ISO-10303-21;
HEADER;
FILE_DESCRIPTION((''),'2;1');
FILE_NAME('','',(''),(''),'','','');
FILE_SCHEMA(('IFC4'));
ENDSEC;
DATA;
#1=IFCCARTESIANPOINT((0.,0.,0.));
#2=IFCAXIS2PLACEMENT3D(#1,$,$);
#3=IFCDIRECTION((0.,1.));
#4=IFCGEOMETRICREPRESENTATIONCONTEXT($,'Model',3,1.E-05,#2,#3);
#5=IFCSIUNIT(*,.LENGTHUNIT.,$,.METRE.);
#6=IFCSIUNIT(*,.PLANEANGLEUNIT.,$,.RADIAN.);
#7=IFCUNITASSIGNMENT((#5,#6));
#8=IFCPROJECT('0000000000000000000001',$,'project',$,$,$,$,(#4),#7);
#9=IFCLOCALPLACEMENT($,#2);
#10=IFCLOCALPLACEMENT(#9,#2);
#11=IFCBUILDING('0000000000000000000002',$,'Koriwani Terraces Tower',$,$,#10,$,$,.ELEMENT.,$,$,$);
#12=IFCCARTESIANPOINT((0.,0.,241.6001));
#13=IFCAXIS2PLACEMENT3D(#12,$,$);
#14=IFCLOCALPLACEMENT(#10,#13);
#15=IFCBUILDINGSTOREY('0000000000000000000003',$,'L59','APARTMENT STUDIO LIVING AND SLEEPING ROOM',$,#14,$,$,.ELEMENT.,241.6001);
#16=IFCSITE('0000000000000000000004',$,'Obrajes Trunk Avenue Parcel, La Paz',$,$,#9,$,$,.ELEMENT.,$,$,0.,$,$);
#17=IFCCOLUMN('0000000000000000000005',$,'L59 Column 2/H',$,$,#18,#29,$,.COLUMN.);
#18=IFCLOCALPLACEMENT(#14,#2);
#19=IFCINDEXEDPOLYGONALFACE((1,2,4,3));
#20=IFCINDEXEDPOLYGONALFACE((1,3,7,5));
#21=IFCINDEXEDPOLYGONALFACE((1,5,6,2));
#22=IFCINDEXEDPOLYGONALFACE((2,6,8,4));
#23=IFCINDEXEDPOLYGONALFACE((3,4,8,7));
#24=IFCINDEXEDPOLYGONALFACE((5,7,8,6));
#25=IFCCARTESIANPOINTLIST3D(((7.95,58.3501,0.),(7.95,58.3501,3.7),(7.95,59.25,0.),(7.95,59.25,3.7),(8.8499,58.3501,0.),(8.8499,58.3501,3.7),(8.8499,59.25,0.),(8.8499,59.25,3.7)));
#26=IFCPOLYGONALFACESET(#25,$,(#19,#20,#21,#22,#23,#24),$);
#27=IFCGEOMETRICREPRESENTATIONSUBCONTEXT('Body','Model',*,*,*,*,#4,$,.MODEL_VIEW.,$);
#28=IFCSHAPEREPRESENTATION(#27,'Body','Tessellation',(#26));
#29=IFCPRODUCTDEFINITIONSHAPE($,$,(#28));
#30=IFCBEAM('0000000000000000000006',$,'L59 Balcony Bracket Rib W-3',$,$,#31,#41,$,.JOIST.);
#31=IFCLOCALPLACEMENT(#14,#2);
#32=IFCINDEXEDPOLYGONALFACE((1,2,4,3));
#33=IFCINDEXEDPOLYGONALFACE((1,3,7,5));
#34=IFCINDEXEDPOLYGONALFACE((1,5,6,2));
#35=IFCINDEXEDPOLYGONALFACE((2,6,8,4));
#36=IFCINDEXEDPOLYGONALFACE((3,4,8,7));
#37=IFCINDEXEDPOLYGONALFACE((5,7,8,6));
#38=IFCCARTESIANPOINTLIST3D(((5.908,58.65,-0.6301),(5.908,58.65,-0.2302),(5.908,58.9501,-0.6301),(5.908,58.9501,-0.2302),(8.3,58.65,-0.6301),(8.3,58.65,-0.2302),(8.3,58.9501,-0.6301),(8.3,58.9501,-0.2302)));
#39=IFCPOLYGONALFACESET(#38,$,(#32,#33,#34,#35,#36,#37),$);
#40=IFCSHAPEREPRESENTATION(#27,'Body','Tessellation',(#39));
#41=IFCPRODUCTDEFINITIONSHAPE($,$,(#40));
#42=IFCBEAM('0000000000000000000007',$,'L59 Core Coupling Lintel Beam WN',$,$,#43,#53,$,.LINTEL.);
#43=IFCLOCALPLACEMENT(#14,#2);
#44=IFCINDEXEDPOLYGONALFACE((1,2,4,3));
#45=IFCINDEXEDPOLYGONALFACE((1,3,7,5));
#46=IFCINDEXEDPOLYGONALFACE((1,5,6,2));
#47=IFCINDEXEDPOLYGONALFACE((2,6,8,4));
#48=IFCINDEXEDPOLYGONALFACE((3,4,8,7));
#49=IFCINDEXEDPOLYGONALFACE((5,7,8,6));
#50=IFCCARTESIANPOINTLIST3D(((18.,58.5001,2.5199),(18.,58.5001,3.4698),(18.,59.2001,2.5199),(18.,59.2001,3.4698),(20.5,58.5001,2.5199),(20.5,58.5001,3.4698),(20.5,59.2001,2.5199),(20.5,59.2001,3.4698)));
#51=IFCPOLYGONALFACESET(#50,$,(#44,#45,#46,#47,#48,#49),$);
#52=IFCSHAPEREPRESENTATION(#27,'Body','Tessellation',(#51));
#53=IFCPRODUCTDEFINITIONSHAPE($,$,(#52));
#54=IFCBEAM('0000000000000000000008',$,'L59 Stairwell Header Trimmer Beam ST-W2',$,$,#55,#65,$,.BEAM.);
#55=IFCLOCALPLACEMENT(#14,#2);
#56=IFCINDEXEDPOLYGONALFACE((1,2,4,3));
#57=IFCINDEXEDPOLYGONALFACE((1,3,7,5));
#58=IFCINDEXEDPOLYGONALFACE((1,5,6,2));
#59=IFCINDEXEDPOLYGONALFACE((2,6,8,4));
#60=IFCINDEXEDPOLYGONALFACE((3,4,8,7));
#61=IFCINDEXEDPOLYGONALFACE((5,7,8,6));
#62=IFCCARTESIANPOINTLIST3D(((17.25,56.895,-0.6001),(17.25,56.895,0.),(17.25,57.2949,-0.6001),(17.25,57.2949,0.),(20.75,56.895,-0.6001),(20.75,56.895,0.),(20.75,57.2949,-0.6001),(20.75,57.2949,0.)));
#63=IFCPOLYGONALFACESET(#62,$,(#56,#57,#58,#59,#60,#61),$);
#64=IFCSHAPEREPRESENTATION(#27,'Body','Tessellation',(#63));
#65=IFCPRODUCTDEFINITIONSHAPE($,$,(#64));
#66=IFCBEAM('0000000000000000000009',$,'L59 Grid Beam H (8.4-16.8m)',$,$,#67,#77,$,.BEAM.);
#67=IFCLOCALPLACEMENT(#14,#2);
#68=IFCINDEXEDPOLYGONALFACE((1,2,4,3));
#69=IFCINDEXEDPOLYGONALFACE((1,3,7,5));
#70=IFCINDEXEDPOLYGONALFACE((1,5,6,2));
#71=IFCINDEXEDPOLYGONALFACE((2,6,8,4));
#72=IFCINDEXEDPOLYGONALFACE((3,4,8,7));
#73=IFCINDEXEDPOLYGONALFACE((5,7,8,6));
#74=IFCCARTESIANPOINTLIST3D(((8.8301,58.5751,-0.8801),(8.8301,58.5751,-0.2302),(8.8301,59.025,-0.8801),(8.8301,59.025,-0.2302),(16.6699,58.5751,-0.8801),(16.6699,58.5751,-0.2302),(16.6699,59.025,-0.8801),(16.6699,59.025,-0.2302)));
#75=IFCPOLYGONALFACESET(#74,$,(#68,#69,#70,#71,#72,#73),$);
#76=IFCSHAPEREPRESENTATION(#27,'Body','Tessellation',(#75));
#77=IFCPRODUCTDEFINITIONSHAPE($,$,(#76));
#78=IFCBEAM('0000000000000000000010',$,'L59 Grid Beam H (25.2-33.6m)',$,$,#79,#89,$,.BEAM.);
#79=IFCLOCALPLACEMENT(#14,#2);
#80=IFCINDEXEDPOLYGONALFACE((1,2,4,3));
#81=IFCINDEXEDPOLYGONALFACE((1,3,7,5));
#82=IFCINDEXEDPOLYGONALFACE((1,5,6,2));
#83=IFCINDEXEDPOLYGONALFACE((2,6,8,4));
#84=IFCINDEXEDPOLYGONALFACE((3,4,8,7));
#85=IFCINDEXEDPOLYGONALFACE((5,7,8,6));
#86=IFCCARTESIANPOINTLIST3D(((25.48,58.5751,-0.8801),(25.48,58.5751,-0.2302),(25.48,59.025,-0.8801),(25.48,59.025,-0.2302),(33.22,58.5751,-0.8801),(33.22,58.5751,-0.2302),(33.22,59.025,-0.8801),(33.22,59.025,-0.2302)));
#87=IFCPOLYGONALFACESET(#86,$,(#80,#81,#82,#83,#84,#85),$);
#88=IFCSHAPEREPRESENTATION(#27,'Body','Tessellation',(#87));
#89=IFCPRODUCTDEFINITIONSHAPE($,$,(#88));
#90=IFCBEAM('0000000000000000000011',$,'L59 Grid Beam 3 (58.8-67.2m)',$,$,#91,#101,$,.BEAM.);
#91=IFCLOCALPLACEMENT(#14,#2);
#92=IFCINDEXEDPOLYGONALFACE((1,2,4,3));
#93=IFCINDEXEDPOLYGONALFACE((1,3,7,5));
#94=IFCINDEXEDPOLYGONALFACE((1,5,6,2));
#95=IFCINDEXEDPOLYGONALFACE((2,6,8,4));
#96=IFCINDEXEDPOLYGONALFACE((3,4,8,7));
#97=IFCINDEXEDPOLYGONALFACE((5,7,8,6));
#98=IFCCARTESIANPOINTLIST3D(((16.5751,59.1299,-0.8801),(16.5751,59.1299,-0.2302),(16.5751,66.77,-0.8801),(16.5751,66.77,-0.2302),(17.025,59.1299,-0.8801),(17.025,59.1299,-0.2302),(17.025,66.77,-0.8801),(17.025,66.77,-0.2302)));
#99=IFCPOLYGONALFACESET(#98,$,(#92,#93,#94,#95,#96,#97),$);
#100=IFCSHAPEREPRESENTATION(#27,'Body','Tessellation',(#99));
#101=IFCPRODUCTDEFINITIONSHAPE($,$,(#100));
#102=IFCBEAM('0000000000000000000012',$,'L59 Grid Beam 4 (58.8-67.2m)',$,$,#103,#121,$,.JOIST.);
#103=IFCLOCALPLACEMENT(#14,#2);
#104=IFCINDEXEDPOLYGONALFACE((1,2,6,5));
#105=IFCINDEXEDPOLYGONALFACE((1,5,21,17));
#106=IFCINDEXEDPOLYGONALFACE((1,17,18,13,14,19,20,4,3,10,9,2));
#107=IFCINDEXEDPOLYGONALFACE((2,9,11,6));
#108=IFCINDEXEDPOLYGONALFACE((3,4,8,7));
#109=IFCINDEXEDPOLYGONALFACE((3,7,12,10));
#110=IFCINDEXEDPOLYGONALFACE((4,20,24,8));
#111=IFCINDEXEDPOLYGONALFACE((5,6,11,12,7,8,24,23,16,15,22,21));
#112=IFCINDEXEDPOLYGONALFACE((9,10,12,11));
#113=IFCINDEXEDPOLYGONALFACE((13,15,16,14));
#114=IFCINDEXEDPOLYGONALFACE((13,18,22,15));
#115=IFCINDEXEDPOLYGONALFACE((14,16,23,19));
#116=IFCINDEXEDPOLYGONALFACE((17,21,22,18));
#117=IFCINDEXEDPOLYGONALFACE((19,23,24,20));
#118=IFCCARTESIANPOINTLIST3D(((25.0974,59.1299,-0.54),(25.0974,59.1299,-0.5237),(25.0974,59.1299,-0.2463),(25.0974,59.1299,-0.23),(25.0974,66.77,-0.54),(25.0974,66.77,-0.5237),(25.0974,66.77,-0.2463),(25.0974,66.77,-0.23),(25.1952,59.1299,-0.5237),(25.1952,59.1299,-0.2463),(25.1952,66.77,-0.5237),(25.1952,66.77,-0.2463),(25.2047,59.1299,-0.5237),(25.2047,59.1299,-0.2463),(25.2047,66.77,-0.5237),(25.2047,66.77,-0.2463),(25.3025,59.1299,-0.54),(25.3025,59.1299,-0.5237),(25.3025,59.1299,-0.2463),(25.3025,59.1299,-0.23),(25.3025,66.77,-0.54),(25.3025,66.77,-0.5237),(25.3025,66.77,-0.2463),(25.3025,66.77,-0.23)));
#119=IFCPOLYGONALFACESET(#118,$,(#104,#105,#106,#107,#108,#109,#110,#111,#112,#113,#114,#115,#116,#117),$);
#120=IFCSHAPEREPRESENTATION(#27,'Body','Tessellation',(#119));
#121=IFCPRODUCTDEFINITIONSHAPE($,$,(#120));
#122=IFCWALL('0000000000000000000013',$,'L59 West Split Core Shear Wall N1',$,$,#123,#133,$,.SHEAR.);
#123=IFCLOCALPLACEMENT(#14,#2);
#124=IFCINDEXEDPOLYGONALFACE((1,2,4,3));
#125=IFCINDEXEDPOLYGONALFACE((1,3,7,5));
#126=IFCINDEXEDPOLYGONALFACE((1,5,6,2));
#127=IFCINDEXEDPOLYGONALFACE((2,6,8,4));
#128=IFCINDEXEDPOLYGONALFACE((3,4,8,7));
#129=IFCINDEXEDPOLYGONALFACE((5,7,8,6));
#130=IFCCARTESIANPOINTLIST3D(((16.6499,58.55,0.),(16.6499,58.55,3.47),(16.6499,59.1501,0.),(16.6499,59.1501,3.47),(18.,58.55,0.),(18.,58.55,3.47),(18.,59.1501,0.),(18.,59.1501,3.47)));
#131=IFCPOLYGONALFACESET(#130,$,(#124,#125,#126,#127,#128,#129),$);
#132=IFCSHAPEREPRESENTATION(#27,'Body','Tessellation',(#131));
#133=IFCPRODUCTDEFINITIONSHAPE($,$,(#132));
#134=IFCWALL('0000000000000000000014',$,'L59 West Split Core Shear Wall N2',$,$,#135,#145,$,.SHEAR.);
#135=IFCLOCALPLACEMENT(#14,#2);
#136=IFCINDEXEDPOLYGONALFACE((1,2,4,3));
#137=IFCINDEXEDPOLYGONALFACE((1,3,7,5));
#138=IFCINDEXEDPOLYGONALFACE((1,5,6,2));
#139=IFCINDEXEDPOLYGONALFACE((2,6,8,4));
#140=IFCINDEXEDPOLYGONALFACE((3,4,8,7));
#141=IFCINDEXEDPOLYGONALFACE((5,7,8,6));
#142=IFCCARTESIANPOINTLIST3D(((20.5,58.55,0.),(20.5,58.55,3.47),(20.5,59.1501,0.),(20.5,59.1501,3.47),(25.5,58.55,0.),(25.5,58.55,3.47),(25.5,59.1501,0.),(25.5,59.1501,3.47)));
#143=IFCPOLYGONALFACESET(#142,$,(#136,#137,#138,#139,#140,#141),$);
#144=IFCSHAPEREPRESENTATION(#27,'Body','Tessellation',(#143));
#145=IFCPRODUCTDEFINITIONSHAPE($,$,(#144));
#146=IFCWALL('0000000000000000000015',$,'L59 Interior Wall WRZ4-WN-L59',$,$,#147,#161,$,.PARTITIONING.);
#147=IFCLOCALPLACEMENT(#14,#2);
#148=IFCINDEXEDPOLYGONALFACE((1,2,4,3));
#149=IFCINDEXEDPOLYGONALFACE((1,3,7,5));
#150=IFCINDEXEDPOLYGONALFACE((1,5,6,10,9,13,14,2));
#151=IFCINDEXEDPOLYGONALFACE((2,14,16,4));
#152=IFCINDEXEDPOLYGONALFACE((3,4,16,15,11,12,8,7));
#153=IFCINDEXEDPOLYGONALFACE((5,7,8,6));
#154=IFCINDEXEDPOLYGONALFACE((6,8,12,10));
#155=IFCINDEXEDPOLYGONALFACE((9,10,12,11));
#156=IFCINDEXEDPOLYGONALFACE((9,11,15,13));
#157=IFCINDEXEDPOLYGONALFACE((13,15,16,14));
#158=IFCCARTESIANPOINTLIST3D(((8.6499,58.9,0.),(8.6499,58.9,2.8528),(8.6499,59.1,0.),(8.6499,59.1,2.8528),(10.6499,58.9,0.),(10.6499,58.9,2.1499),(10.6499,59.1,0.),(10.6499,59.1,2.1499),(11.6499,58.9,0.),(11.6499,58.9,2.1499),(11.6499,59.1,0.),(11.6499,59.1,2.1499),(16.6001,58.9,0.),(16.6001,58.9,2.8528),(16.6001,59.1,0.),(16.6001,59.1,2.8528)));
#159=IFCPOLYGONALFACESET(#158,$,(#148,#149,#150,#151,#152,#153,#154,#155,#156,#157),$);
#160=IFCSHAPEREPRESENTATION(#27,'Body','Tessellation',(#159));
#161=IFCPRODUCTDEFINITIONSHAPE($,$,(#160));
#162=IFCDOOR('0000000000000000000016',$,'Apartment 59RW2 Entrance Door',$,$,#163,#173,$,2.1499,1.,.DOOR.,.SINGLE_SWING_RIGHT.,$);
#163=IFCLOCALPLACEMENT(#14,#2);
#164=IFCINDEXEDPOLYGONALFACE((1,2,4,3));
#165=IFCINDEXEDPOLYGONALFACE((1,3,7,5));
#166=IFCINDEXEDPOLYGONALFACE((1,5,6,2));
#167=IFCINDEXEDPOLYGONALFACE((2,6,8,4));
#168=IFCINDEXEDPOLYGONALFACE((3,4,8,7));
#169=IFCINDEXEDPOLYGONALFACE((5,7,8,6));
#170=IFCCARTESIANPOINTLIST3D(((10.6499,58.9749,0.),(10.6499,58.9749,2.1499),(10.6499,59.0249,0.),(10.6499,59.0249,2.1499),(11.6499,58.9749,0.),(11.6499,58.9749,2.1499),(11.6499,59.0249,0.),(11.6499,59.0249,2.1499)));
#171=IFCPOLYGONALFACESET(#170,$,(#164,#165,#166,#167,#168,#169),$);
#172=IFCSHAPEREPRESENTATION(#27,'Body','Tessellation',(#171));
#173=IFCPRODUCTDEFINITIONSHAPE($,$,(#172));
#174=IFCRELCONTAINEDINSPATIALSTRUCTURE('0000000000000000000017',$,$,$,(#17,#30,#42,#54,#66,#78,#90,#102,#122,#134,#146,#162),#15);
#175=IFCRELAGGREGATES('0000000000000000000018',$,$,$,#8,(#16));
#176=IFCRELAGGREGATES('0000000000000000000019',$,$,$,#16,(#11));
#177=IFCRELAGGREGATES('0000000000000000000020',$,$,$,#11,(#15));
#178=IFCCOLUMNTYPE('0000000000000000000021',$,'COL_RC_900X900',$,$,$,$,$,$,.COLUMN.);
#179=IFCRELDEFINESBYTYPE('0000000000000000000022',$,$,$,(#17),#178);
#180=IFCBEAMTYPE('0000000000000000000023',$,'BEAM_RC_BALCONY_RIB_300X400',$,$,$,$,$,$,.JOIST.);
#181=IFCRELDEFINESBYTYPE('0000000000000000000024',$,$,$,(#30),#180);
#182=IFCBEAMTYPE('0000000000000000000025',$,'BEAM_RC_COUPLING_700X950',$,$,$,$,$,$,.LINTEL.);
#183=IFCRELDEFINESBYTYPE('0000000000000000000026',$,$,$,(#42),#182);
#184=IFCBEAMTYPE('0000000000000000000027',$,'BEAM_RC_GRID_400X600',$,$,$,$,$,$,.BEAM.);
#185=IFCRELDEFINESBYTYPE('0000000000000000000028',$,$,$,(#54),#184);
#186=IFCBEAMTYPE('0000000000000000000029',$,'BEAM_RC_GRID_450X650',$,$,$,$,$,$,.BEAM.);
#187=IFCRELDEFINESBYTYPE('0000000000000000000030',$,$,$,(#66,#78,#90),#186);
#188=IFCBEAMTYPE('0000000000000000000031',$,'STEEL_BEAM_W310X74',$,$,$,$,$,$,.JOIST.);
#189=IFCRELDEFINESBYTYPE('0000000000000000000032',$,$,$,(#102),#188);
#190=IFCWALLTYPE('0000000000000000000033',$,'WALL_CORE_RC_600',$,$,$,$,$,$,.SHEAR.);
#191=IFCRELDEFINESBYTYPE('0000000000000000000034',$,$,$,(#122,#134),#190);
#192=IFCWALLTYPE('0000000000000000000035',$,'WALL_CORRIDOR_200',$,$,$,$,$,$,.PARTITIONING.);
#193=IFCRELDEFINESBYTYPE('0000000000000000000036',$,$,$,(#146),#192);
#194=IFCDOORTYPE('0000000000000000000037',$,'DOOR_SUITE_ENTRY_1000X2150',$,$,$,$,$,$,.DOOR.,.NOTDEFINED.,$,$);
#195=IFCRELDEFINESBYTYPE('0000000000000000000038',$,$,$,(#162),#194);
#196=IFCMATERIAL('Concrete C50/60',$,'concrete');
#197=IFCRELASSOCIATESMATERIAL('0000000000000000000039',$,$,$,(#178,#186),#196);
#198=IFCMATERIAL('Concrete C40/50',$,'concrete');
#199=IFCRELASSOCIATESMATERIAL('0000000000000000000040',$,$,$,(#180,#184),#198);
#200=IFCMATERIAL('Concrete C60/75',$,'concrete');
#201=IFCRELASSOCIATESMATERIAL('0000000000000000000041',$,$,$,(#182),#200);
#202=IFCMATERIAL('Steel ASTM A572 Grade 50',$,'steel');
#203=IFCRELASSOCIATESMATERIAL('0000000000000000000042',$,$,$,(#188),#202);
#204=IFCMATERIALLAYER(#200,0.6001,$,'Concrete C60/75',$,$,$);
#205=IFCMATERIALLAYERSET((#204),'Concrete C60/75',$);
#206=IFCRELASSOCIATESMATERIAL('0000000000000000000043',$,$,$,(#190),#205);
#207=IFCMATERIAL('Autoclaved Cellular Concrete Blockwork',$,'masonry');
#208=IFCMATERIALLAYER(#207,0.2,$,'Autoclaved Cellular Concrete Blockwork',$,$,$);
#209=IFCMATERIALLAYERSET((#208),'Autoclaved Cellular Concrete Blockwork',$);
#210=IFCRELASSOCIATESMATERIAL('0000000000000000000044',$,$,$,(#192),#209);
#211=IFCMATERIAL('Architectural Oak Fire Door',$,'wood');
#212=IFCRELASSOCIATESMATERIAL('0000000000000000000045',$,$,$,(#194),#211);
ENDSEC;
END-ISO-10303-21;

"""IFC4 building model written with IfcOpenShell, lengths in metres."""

from ifc_helpers import new_model, si_unit, direction, frame, frame_2d, origin, origin_2d, place, context, subcontext, project, spatial, rectangle, i_section, extrude, material, layer, layer_set, material_profile, profile_set, type_object, element, fill, save


model = new_model("IFC4")

# Units and contexts
model_context = context("Model", 3, precision=1e-05, world=origin(), true_north=direction((0.0, 1.0)))
body_context = subcontext(model_context, "Body", "Model", "MODEL_VIEW")
ifc_project = project(units=[si_unit("LENGTHUNIT", "METRE"), si_unit("PLANEANGLEUNIT", "RADIAN")], contexts=[model_context])

# Site, building, storey
site_placement = place(None, origin())
site = spatial("IfcSite", under=ifc_project, at=site_placement, Name="Obrajes Trunk Avenue Parcel, La Paz", CompositionType="ELEMENT", RefElevation=0.0)
building_placement = place(site_placement, origin())
building = spatial("IfcBuilding", under=site, at=building_placement, Name="Koriwani Terraces Tower", CompositionType="ELEMENT")
storey_placement = place(building_placement, frame((0.0, 0.0, 241.6001)))
storey = spatial("IfcBuildingStorey", under=building, at=storey_placement, Name="L59", Description="APARTMENT STUDIO LIVING AND SLEEPING ROOM", CompositionType="ELEMENT", Elevation=241.6001)

# Column
ifc_material_1 = material(Name="Concrete C50/60", Category="concrete")
ifc_material_profile_1 = material_profile(ifc_material_1, rectangle(XDim=0.8999, YDim=0.8999, at=origin_2d()), Name="Concrete C50/60", Category="LoadBearing")
ifc_profile_set_1 = profile_set([ifc_material_profile_1], Name="Concrete C50/60")
column_type = type_object("IfcColumnType", Name="COL_RC_900X900", PredefinedType="COLUMN", material=ifc_profile_set_1)
column_placement = place(storey_placement, frame((8.3999, 58.8, 0.0), z_axis=(0.0, 0.0, 1.0), x_axis=(1.0, 0.0, 0.0)))
element("IfcColumn", 1, at=column_placement, inside=storey, type_object=column_type, Name="L59 Column 2/H", PredefinedType="COLUMN", context=body_context, shape_type="SweptSolid", body=[
    extrude(rectangle(XDim=0.8999, YDim=0.8999, at=origin_2d()), origin(), (0.0, 0.0, 1.0), 3.7),
])

# Beams
ifc_material_2 = material(Name="Concrete C40/50", Category="concrete")
ifc_material_profile_2 = material_profile(ifc_material_2, rectangle(XDim=0.3, YDim=0.3999, at=origin_2d()), Name="Concrete C40/50", Category="LoadBearing")
ifc_profile_set_2 = profile_set([ifc_material_profile_2], Name="Concrete C40/50")
beam_type_1 = type_object("IfcBeamType", Name="BEAM_RC_BALCONY_RIB_300X400", PredefinedType="JOIST", material=ifc_profile_set_2)
beam_1_placement = place(storey_placement, frame((5.908, 58.8, -0.4302), z_axis=(1.0, 0.0, 0.0), x_axis=(0.0, 1.0, 0.0)))
element("IfcBeam", 2, at=beam_1_placement, inside=storey, type_object=beam_type_1, Name="L59 Balcony Bracket Rib W-3", PredefinedType="JOIST", context=body_context, shape_type="SweptSolid", body=[
    extrude(rectangle(XDim=0.3, YDim=0.3999, at=origin_2d()), origin(), (0.0, 0.0, 1.0), 2.3921),
])
ifc_material_3 = material(Name="Concrete C60/75", Category="concrete")
ifc_material_profile_3 = material_profile(ifc_material_3, rectangle(XDim=0.7, YDim=0.95, at=origin_2d()), Name="Concrete C60/75", Category="LoadBearing")
ifc_profile_set_3 = profile_set([ifc_material_profile_3], Name="Concrete C60/75")
beam_type_2 = type_object("IfcBeamType", Name="BEAM_RC_COUPLING_700X950", PredefinedType="LINTEL", material=ifc_profile_set_3)
beam_2_placement = place(storey_placement, frame((18.0, 58.8501, 2.9949), z_axis=(1.0, 0.0, 0.0), x_axis=(0.0, 1.0, 0.0)))
element("IfcBeam", 3, at=beam_2_placement, inside=storey, type_object=beam_type_2, Name="L59 Core Coupling Lintel Beam WN", PredefinedType="LINTEL", context=body_context, shape_type="SweptSolid", body=[
    extrude(rectangle(XDim=0.7, YDim=0.95, at=origin_2d()), origin(), (0.0, 0.0, 1.0), 2.5),
])
ifc_material_profile_4 = material_profile(ifc_material_2, rectangle(XDim=0.3999, YDim=0.6001, at=origin_2d()), Name="Concrete C40/50", Category="LoadBearing")
ifc_profile_set_4 = profile_set([ifc_material_profile_4], Name="Concrete C40/50")
beam_type_3 = type_object("IfcBeamType", Name="BEAM_RC_GRID_400X600", PredefinedType="BEAM", material=ifc_profile_set_4)
beam_3_placement = place(storey_placement, frame((17.25, 57.095, -0.3), z_axis=(1.0, 0.0, 0.0), x_axis=(0.0, 1.0, 0.0)))
element("IfcBeam", 4, at=beam_3_placement, inside=storey, type_object=beam_type_3, Name="L59 Stairwell Header Trimmer Beam ST-W2", PredefinedType="BEAM", context=body_context, shape_type="SweptSolid", body=[
    extrude(rectangle(XDim=0.3999, YDim=0.6001, at=origin_2d()), origin(), (0.0, 0.0, 1.0), 3.5),
])
ifc_material_profile_5 = material_profile(ifc_material_1, rectangle(XDim=0.45, YDim=0.6499, at=origin_2d()), Name="Concrete C50/60", Category="LoadBearing")
ifc_profile_set_5 = profile_set([ifc_material_profile_5], Name="Concrete C50/60")
beam_type_4 = type_object("IfcBeamType", Name="BEAM_RC_GRID_450X650", PredefinedType="BEAM", material=ifc_profile_set_5)
beam_4_placement = place(storey_placement, frame((8.8301, 58.8, -0.5552), z_axis=(1.0, 0.0, 0.0), x_axis=(0.0, 1.0, 0.0)))
element("IfcBeam", 5, at=beam_4_placement, inside=storey, type_object=beam_type_4, Name="L59 Grid Beam H (8.4-16.8m)", PredefinedType="BEAM", context=body_context, shape_type="SweptSolid", body=[
    extrude(rectangle(XDim=0.45, YDim=0.6499, at=origin_2d()), origin(), (0.0, 0.0, 1.0), 7.8398),
])
beam_5_placement = place(storey_placement, frame((25.48, 58.8, -0.5552), z_axis=(1.0, 0.0, 0.0), x_axis=(0.0, 1.0, 0.0)))
element("IfcBeam", 6, at=beam_5_placement, inside=storey, type_object=beam_type_4, Name="L59 Grid Beam H (25.2-33.6m)", PredefinedType="BEAM", context=body_context, shape_type="SweptSolid", body=[
    extrude(rectangle(XDim=0.45, YDim=0.6499, at=origin_2d()), origin(), (0.0, 0.0, 1.0), 7.74),
])
beam_6_placement = place(storey_placement, frame((16.8, 59.1299, -0.5552), z_axis=(0.0, 1.0, 0.0), x_axis=(-1.0, 0.0, 0.0)))
element("IfcBeam", 7, at=beam_6_placement, inside=storey, type_object=beam_type_4, Name="L59 Grid Beam 3 (58.8-67.2m)", PredefinedType="BEAM", context=body_context, shape_type="SweptSolid", body=[
    extrude(rectangle(XDim=0.45, YDim=0.6499, at=origin_2d()), origin(), (0.0, 0.0, 1.0), 7.6401),
])
ifc_material_4 = material(Name="Steel ASTM A572 Grade 50", Category="steel")
ifc_material_profile_6 = material_profile(ifc_material_4, i_section(OverallWidth=0.2051, OverallDepth=0.3101, WebThickness=0.0095, FlangeThickness=0.0164, at=origin_2d()), Name="Steel ASTM A572 Grade 50", Category="LoadBearing")
ifc_profile_set_6 = profile_set([ifc_material_profile_6], Name="Steel ASTM A572 Grade 50")
beam_type_5 = type_object("IfcBeamType", Name="STEEL_BEAM_W310X74", PredefinedType="JOIST", material=ifc_profile_set_6)
beam_7_placement = place(storey_placement, frame((25.2, 59.1299, -0.385), z_axis=(0.0, 1.0, 0.0), x_axis=(-1.0, 0.0, 0.0)))
element("IfcBeam", 8, at=beam_7_placement, inside=storey, type_object=beam_type_5, Name="L59 Grid Beam 4 (58.8-67.2m)", PredefinedType="JOIST", context=body_context, shape_type="SweptSolid", body=[
    extrude(i_section(OverallWidth=0.2051, OverallDepth=0.3101, WebThickness=0.0095, FlangeThickness=0.0164, at=origin_2d()), origin(), (0.0, 0.0, 1.0), 7.6401),
])

# Walls
ifc_layer_1 = layer(ifc_material_3, 0.6001, Name="Concrete C60/75")
ifc_layer_set_1 = layer_set([ifc_layer_1], Name="Concrete C60/75")
wall_type_1 = type_object("IfcWallType", Name="WALL_CORE_RC_600", PredefinedType="SHEAR", material=ifc_layer_set_1)
wall_1_placement = place(storey_placement, frame((16.6499, 58.8501, 0.0), z_axis=(0.0, 0.0, 1.0), x_axis=(1.0, 0.0, 0.0)))
element("IfcWall", 9, at=wall_1_placement, inside=storey, type_object=wall_type_1, Name="L59 West Split Core Shear Wall N1", PredefinedType="SHEAR", context=body_context, shape_type="SweptSolid", body=[
    extrude(rectangle(XDim=1.3501, YDim=0.6001, at=frame_2d((0.675, 0.0))), origin(), (0.0, 0.0, 1.0), 3.47),
])
wall_2_placement = place(storey_placement, frame((20.5, 58.8501, 0.0), z_axis=(0.0, 0.0, 1.0), x_axis=(1.0, 0.0, 0.0)))
element("IfcWall", 10, at=wall_2_placement, inside=storey, type_object=wall_type_1, Name="L59 West Split Core Shear Wall N2", PredefinedType="SHEAR", context=body_context, shape_type="SweptSolid", body=[
    extrude(rectangle(XDim=5.0, YDim=0.6001, at=frame_2d((2.5, 0.0))), origin(), (0.0, 0.0, 1.0), 3.47),
])

# Wall, opening, door
ifc_material_5 = material(Name="Autoclaved Cellular Concrete Blockwork", Category="masonry")
ifc_layer_2 = layer(ifc_material_5, 0.2, Name="Autoclaved Cellular Concrete Blockwork")
ifc_layer_set_2 = layer_set([ifc_layer_2], Name="Autoclaved Cellular Concrete Blockwork")
wall_type_2 = type_object("IfcWallType", Name="WALL_CORRIDOR_200", PredefinedType="PARTITIONING", material=ifc_layer_set_2)
wall_3_placement = place(storey_placement, frame((8.6499, 59.0, 0.0), z_axis=(0.0, 0.0, 1.0), x_axis=(1.0, 0.0, 0.0)))
wall_3 = element("IfcWall", 11, at=wall_3_placement, inside=storey, type_object=wall_type_2, Name="L59 Interior Wall WRZ4-WN-L59", PredefinedType="PARTITIONING", context=body_context, shape_type="SweptSolid", body=[
    extrude(rectangle(XDim=7.9502, YDim=0.2, at=frame_2d((3.9751, 0.0))), origin(), (0.0, 0.0, 1.0), 2.8528),
])
opening_1_placement = place(wall_3_placement, frame((2.0, 0.0, 0.0)))
opening_1 = element("IfcOpeningElement", 12, at=opening_1_placement, cuts=wall_3, PredefinedType="OPENING", context=body_context, shape_type="SweptSolid", body=[
    extrude(rectangle(XDim=1.0, YDim=2.1499, at=frame_2d((0.5, 1.075))), frame((0.0, 0.1099, 0.0), z_axis=(0.0, -1.0, 0.0), x_axis=(1.0, 0.0, 0.0)), (0.0, 0.0, 1.0), 0.22),
])
ifc_material_6 = material(Name="Architectural Oak Fire Door", Category="wood")
door_type_1 = type_object("IfcDoorType", Name="DOOR_SUITE_ENTRY_1000X2150", OperationType="NOTDEFINED", PredefinedType="DOOR", material=ifc_material_6)
door_1_placement = place(opening_1_placement, origin())
door_1 = element("IfcDoor", 13, at=door_1_placement, inside=storey, type_object=door_type_1, Name="Apartment 59RW2 Entrance Door", OperationType="SINGLE_SWING_RIGHT", OverallHeight=2.1499, OverallWidth=1.0, PredefinedType="DOOR", context=body_context, shape_type="SweptSolid", body=[
    extrude(rectangle(XDim=1.0, YDim=2.1499, at=frame_2d((0.5, 1.075))), frame((0.0, 0.0249, 0.0), z_axis=(0.0, -1.0, 0.0), x_axis=(1.0, 0.0, 0.0)), (0.0, 0.0, 1.0), 0.05),
])
fill(opening_1, door_1)

save(model, "model.ifc")
